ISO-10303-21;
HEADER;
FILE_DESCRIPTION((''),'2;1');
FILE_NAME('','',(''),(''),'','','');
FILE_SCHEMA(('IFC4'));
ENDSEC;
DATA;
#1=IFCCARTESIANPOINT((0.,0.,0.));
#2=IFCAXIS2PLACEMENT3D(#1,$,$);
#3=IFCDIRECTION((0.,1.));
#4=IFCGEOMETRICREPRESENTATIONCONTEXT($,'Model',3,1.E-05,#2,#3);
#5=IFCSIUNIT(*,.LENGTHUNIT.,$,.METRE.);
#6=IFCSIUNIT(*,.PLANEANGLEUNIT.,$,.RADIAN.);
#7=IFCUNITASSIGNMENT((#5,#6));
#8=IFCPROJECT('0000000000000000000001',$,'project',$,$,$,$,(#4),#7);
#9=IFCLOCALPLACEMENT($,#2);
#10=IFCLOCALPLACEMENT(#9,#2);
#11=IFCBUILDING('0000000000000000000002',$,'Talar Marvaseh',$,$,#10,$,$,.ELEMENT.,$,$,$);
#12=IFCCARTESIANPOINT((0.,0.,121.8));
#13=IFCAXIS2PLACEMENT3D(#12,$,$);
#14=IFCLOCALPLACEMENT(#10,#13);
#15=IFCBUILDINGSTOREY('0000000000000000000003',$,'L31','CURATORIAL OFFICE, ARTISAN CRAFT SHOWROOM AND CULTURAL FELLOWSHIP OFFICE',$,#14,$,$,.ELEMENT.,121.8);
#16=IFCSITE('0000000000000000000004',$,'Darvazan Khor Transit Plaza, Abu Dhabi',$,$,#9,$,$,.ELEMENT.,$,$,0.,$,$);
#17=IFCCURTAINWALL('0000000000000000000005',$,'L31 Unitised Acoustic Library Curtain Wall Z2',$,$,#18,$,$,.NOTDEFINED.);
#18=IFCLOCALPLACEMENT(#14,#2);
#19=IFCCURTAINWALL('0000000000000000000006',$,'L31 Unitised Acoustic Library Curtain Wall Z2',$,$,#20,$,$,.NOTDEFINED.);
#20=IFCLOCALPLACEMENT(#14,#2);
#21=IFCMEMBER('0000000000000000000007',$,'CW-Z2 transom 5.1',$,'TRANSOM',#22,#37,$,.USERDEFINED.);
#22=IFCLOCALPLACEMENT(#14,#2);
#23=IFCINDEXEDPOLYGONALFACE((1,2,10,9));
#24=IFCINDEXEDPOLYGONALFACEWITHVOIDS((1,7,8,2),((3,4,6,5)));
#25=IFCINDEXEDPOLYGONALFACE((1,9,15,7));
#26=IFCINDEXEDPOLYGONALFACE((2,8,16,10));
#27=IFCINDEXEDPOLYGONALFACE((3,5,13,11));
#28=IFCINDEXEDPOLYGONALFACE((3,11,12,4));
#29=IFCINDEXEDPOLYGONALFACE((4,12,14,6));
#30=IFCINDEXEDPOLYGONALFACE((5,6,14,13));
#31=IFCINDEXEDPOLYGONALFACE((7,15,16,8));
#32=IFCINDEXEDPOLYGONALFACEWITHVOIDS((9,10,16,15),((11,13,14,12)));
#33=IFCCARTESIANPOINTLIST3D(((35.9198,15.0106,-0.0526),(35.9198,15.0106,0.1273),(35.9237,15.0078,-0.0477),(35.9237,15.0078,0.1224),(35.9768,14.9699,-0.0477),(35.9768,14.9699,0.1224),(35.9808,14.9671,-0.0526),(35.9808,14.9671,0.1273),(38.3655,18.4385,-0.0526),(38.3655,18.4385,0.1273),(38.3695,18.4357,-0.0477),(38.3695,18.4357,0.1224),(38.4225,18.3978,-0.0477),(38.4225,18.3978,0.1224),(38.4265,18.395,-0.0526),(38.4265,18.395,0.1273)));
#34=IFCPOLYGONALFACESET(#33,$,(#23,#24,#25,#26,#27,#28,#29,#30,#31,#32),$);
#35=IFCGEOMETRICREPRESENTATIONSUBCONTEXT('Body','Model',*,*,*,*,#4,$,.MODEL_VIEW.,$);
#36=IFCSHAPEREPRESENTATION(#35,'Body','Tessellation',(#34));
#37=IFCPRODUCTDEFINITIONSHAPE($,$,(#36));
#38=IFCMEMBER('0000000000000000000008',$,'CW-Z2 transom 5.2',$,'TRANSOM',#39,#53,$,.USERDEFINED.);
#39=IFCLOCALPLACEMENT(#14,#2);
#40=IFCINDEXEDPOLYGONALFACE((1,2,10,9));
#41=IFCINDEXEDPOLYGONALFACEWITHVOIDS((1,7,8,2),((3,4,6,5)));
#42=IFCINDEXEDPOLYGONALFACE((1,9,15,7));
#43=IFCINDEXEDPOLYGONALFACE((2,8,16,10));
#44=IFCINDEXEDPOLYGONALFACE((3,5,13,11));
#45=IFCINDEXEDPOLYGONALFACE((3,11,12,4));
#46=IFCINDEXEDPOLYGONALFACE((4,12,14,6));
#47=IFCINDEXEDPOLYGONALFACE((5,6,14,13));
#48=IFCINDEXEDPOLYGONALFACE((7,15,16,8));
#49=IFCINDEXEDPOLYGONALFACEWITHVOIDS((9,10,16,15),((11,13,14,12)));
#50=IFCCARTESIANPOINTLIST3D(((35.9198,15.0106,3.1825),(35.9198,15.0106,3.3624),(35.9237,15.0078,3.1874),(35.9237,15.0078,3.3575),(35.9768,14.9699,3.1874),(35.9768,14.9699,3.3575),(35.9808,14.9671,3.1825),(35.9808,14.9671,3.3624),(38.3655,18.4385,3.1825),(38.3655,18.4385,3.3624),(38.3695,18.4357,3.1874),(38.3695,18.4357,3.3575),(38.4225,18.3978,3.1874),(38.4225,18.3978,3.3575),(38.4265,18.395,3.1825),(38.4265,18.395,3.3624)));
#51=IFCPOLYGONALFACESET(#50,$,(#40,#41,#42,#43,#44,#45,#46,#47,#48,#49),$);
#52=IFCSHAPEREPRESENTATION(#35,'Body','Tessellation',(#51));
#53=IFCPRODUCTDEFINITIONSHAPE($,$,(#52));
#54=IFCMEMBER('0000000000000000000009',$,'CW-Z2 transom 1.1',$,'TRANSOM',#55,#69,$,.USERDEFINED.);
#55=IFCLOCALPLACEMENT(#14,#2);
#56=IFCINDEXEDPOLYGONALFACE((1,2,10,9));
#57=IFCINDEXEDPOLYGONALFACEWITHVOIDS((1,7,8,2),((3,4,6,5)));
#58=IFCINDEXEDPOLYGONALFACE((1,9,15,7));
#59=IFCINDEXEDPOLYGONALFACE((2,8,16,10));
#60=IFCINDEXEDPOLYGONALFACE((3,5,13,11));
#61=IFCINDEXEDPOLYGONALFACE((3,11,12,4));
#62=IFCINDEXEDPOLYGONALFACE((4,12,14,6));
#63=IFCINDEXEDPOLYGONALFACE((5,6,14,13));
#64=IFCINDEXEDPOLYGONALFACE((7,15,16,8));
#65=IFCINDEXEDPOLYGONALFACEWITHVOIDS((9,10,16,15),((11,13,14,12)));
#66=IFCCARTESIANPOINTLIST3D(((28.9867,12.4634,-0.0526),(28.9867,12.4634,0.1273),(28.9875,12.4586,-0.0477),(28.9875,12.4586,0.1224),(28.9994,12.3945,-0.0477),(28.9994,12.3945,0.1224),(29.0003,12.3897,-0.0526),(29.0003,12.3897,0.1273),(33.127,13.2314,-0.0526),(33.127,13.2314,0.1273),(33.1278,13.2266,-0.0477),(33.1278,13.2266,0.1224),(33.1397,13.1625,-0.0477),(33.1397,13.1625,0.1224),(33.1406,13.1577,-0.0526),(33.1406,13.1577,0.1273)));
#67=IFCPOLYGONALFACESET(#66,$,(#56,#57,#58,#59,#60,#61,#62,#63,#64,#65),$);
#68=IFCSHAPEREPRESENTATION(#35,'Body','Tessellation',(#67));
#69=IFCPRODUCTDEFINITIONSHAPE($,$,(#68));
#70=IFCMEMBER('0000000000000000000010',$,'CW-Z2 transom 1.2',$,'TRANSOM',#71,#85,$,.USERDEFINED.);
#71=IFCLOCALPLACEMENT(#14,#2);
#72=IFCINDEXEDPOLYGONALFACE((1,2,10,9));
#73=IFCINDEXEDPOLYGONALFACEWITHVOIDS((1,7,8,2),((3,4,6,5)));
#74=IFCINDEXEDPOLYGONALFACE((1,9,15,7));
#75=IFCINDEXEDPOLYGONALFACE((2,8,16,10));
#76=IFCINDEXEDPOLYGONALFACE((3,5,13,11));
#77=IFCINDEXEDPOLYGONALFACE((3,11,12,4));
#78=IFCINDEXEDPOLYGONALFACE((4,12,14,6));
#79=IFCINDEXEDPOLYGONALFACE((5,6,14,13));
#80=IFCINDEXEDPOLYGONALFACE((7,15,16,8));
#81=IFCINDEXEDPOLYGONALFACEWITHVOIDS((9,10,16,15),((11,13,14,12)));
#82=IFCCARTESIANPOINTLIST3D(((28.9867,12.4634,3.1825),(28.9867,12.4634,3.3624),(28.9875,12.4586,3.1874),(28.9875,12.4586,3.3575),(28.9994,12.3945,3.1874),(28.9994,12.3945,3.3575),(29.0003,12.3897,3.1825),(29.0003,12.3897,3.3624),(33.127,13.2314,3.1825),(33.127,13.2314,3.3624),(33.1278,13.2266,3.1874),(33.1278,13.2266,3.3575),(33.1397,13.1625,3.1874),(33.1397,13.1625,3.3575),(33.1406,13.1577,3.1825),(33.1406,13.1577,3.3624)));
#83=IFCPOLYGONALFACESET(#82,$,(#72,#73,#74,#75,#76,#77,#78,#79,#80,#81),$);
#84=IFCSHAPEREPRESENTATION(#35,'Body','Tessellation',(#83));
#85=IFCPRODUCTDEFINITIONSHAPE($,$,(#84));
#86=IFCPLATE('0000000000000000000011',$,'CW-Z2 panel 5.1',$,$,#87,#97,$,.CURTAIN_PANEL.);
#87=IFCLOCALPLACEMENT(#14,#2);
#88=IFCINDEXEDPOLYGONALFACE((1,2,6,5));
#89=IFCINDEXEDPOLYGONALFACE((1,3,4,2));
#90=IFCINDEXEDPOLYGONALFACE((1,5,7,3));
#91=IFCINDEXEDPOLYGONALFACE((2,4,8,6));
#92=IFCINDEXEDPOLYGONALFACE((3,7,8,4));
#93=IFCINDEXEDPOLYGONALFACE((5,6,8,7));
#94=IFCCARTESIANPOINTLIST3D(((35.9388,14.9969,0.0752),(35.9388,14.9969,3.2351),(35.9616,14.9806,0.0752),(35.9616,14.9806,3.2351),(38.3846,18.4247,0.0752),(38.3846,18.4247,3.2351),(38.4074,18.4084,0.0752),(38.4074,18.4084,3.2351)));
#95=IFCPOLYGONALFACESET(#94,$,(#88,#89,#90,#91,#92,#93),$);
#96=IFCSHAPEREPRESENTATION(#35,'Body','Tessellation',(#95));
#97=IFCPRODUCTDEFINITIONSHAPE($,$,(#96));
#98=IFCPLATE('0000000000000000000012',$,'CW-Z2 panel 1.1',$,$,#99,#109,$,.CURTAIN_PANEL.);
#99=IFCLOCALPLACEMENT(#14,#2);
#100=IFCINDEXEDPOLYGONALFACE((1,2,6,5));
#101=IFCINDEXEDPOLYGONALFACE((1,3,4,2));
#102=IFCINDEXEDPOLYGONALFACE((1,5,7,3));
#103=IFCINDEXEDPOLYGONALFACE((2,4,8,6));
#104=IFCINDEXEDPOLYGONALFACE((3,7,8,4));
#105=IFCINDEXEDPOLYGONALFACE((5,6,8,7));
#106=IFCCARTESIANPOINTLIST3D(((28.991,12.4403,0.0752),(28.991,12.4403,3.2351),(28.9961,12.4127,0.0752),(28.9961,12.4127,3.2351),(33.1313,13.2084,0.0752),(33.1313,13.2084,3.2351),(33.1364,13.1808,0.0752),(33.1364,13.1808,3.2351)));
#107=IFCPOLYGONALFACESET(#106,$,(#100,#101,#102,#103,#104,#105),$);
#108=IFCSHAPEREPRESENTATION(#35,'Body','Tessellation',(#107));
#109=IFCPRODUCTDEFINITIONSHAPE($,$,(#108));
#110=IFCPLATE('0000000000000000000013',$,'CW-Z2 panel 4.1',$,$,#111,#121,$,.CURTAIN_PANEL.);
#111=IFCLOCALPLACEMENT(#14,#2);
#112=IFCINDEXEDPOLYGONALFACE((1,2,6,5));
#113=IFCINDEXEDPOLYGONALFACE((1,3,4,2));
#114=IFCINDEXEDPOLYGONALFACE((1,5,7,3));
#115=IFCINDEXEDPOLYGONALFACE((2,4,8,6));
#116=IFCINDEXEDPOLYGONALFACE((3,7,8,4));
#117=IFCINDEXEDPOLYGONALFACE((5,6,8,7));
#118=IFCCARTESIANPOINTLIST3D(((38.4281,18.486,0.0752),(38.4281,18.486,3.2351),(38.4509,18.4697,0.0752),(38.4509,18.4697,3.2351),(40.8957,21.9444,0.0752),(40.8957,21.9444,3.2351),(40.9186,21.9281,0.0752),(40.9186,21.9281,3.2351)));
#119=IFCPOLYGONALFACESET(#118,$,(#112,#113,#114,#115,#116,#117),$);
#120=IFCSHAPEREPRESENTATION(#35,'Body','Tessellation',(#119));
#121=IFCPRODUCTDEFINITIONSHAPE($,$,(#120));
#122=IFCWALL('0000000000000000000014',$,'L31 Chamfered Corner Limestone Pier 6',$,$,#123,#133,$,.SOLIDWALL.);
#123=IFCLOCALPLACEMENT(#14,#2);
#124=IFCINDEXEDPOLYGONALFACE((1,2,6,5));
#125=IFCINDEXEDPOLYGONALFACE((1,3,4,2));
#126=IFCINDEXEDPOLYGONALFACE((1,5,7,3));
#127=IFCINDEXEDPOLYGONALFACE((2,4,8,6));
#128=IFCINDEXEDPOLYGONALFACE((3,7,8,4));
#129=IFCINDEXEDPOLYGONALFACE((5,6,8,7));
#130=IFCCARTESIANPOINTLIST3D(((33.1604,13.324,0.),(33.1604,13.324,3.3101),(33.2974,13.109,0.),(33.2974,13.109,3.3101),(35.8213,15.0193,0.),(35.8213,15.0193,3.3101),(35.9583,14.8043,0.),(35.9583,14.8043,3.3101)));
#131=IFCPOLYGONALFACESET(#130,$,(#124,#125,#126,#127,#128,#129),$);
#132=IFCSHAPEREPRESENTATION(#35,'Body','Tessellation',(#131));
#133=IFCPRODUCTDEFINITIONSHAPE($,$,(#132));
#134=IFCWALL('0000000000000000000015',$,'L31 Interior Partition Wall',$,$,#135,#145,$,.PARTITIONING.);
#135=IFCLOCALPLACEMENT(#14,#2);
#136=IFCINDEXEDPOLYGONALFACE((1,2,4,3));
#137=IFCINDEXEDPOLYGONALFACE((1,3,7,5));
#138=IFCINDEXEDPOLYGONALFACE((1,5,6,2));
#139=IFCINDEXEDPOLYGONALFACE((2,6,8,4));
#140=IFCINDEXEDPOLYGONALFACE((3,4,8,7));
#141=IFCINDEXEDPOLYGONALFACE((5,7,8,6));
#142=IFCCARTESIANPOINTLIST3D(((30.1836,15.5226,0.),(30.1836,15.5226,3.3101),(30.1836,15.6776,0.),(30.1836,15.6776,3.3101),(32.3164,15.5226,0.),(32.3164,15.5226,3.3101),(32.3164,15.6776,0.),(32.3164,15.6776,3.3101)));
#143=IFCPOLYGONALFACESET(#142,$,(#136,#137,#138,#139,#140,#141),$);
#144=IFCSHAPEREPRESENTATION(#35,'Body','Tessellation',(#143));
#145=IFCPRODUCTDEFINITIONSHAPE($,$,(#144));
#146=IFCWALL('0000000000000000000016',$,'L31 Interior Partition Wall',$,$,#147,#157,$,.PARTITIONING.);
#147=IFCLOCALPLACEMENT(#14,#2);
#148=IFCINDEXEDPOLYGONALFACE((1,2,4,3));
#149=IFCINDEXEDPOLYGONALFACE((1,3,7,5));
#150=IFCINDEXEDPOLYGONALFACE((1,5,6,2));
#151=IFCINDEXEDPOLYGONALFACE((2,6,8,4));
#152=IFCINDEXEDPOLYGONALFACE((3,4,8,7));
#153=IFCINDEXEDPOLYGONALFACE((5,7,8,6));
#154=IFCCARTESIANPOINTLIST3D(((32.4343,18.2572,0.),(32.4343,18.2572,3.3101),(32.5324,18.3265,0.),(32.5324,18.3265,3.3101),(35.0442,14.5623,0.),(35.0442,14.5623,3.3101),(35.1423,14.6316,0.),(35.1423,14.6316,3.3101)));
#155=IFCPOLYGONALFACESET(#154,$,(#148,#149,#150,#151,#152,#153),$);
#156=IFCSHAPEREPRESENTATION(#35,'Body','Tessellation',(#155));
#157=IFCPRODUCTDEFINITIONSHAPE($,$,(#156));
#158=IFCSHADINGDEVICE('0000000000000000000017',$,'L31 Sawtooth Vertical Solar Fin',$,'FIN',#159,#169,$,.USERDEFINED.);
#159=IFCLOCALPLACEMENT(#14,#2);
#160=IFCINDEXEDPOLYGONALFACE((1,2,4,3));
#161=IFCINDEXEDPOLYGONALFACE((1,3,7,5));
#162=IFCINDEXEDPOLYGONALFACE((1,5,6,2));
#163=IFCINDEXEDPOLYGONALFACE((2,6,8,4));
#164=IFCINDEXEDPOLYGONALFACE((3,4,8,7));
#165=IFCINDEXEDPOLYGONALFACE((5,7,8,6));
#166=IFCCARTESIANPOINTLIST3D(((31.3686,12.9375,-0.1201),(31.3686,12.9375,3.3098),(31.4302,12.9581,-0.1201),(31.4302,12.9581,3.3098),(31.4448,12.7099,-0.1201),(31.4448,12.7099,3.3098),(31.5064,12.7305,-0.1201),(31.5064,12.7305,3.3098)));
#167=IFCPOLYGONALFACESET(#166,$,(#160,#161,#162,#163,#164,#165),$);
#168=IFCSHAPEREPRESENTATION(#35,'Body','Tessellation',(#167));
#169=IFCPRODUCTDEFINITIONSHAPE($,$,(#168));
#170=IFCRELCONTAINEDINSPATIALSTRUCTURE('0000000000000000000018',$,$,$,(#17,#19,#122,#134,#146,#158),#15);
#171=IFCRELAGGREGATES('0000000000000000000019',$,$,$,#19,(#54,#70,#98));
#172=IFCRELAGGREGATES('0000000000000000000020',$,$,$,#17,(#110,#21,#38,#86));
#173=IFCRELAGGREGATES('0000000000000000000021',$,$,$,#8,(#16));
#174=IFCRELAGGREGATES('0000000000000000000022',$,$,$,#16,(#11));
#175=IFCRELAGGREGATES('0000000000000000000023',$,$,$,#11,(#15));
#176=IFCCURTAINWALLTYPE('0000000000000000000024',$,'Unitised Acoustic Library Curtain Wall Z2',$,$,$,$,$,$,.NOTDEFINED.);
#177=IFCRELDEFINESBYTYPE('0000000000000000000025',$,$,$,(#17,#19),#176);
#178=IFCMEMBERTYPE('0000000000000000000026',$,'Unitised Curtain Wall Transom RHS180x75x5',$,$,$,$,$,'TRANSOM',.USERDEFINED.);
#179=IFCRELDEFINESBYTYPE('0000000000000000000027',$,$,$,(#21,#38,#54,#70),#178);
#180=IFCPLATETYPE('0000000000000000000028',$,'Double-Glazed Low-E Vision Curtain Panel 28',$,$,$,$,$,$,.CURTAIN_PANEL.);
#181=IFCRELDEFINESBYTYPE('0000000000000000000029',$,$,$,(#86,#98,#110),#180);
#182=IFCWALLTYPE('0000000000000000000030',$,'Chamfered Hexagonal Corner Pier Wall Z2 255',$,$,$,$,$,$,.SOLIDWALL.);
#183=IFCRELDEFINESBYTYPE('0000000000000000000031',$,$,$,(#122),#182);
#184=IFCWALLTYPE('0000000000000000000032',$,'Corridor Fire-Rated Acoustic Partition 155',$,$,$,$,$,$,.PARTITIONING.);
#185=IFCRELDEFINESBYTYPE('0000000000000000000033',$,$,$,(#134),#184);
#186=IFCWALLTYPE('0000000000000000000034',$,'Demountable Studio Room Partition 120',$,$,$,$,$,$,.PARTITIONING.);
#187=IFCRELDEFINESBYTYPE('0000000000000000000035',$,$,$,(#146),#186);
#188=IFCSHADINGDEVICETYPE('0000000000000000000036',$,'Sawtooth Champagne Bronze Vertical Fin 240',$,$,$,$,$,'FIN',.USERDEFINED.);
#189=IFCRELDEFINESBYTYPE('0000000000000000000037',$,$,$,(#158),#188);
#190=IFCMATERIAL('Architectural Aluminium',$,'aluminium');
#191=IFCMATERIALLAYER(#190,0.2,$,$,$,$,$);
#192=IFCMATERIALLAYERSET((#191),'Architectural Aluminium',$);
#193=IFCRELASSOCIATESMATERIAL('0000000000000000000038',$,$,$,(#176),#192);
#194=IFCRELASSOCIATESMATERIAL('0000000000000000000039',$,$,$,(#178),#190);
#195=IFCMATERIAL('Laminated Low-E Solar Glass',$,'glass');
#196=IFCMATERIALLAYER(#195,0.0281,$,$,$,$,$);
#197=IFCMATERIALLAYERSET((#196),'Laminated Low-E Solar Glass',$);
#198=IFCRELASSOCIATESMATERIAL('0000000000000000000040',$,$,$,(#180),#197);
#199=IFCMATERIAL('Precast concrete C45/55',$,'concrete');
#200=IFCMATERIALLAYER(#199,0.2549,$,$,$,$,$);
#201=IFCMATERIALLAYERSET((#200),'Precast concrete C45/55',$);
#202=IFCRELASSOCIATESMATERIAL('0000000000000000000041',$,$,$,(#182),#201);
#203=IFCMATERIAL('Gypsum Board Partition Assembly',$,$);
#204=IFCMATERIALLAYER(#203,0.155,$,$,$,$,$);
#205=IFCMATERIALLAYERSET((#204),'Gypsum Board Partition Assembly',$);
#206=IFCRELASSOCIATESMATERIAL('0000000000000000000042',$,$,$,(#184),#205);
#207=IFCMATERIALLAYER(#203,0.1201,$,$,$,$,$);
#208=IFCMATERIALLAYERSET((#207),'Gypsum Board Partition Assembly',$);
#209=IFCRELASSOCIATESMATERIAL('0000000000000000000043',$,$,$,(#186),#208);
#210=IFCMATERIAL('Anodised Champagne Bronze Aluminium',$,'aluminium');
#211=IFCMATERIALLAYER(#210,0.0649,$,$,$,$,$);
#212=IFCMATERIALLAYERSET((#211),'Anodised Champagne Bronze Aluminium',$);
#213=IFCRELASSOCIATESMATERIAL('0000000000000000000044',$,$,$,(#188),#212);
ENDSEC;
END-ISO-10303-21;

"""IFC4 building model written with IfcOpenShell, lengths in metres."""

from ifc_helpers import new_model, si_unit, direction, frame, frame_2d, origin, origin_2d, place, context, subcontext, project, spatial, rectangle, hollow_rectangle, extrude, source, transform, mapped, material, layer, layer_set, material_profile, profile_set, type_object, type_shapes, element, aggregate, save


model = new_model("IFC4")

# Units and contexts
model_context = context("Model", 3, precision=1e-05, world=origin(), true_north=direction((0.0, 1.0)))
body_context = subcontext(model_context, "Body", "Model", "MODEL_VIEW")
ifc_project = project(units=[si_unit("LENGTHUNIT", "METRE"), si_unit("PLANEANGLEUNIT", "RADIAN")], contexts=[model_context])

# Site, building, storey
site_placement = place(None, origin())
site = spatial("IfcSite", under=ifc_project, at=site_placement, Name="Darvazan Khor Transit Plaza, Abu Dhabi", CompositionType="ELEMENT", RefElevation=0.0)
building_placement = place(site_placement, origin())
building = spatial("IfcBuilding", under=site, at=building_placement, Name="Talar Marvaseh", CompositionType="ELEMENT")
storey_placement = place(building_placement, frame((0.0, 0.0, 121.8)))
storey = spatial("IfcBuildingStorey", under=building, at=storey_placement, Name="L31", Description="CURATORIAL OFFICE, ARTISAN CRAFT SHOWROOM AND CULTURAL FELLOWSHIP OFFICE", CompositionType="ELEMENT", Elevation=121.8)

# Curtain wall
ifc_material_1 = material(Name="Architectural Aluminium", Category="aluminium")
ifc_layer_1 = layer(ifc_material_1, 0.2)
ifc_layer_set_1 = layer_set([ifc_layer_1], Name="Architectural Aluminium")
curtain_wall_type = type_object("IfcCurtainWallType", Name="Unitised Acoustic Library Curtain Wall Z2", PredefinedType="NOTDEFINED", material=ifc_layer_set_1)
curtain_wall_1_placement = place(storey_placement, origin())
curtain_wall_1 = element("IfcCurtainWall", 1, at=curtain_wall_1_placement, inside=storey, type_object=curtain_wall_type, Name="L31 Unitised Acoustic Library Curtain Wall Z2", PredefinedType="NOTDEFINED")

# Curtain wall
curtain_wall_2_placement = place(storey_placement, origin())
curtain_wall_2 = element("IfcCurtainWall", 2, at=curtain_wall_2_placement, inside=storey, type_object=curtain_wall_type, Name="L31 Unitised Acoustic Library Curtain Wall Z2", PredefinedType="NOTDEFINED")

# Members
ifc_material_profile_1 = material_profile(ifc_material_1, hollow_rectangle(XDim=0.075, YDim=0.1799, WallThickness=0.0049, at=origin_2d()), Name="RHS180x75x5")
ifc_profile_set_1 = profile_set([ifc_material_profile_1], Name="Architectural Aluminium")
member_type_1 = type_object("IfcMemberType", Name="Unitised Curtain Wall Transom RHS180x75x5", ElementType="TRANSOM", PredefinedType="USERDEFINED", material=ifc_profile_set_1)
shared_shape_1 = source(origin(), body_context, "Body", "SweptSolid", [
    extrude(hollow_rectangle(XDim=0.075, YDim=0.1799, WallThickness=0.0049, at=origin_2d()), origin(), (0.0, 0.0, 1.0), 4.2109),
])
type_shapes(member_type_1, [shared_shape_1])
member_1_placement = place(storey_placement, frame((38.396, 18.4167, 0.0374), z_axis=(-0.580805, -0.814043, 0.0), x_axis=(0.814043, -0.580805, 0.0)))
member_1 = element("IfcMember", 3, at=member_1_placement, type_object=member_type_1, Name="CW-Z2 transom 5.1", ObjectType="TRANSOM", PredefinedType="USERDEFINED", context=body_context, shape_type="MappedRepresentation", body=[
    mapped(shared_shape_1, transform((0.0, 0.0, 0.0), x_axis=(1.0, 0.0, 0.0), y_axis=(0.0, 1.0, 0.0), z_axis=(0.0, 0.0, 1.0), scale=1.0)),
])
member_2_placement = place(storey_placement, frame((38.396, 18.4167, 3.2725), z_axis=(-0.580805, -0.814043, 0.0), x_axis=(0.814043, -0.580805, 0.0)))
member_2 = element("IfcMember", 4, at=member_2_placement, type_object=member_type_1, Name="CW-Z2 transom 5.2", ObjectType="TRANSOM", PredefinedType="USERDEFINED", context=body_context, shape_type="MappedRepresentation", body=[
    mapped(shared_shape_1, transform((0.0, 0.0, 0.0), x_axis=(1.0, 0.0, 0.0), y_axis=(0.0, 1.0, 0.0), z_axis=(0.0, 0.0, 1.0), scale=1.0)),
])
member_3_placement = place(storey_placement, frame((33.1338, 13.1946, 0.0374), z_axis=(-0.983225, -0.182394, 0.0), x_axis=(0.182394, -0.983225, 0.0)))
member_3 = element("IfcMember", 5, at=member_3_placement, type_object=member_type_1, Name="CW-Z2 transom 1.1", ObjectType="TRANSOM", PredefinedType="USERDEFINED", context=body_context, shape_type="MappedRepresentation", body=[
    mapped(shared_shape_1, transform((0.0, 0.0, 0.0), x_axis=(1.0, 0.0, 0.0), y_axis=(0.0, 1.0, 0.0), z_axis=(0.0, 0.0, 1.0), scale=1.0)),
])
member_4_placement = place(storey_placement, frame((33.1338, 13.1946, 3.2725), z_axis=(-0.983225, -0.182394, 0.0), x_axis=(0.182394, -0.983225, 0.0)))
member_4 = element("IfcMember", 6, at=member_4_placement, type_object=member_type_1, Name="CW-Z2 transom 1.2", ObjectType="TRANSOM", PredefinedType="USERDEFINED", context=body_context, shape_type="MappedRepresentation", body=[
    mapped(shared_shape_1, transform((0.0, 0.0, 0.0), x_axis=(1.0, 0.0, 0.0), y_axis=(0.0, 1.0, 0.0), z_axis=(0.0, 0.0, 1.0), scale=1.0)),
])

# Plates
ifc_material_2 = material(Name="Laminated Low-E Solar Glass", Category="glass")
ifc_layer_2 = layer(ifc_material_2, 0.0281)
ifc_layer_set_2 = layer_set([ifc_layer_2], Name="Laminated Low-E Solar Glass")
plate_type = type_object("IfcPlateType", Name="Double-Glazed Low-E Vision Curtain Panel 28", PredefinedType="CURTAIN_PANEL", material=ifc_layer_set_2)
shared_shape_2 = source(origin(), body_context, "Body", "SweptSolid", [
    extrude(rectangle(XDim=4.2109, YDim=0.0281, at=origin_2d()), origin(), (0.0, 0.0, 1.0), 3.1599),
])
plate_1_placement = place(storey_placement, frame((37.1731, 16.7026, 0.0752), z_axis=(0.0, 0.0, 1.0), x_axis=(-0.580829, -0.814026, 0.0)))
plate_1 = element("IfcPlate", 7, at=plate_1_placement, type_object=plate_type, Name="CW-Z2 panel 5.1", PredefinedType="CURTAIN_PANEL", context=body_context, shape_type="MappedRepresentation", body=[
    mapped(shared_shape_2, transform((0.0, 0.0, 0.0), x_axis=(1.0, 0.0, 0.0), y_axis=(0.0, 1.0, 0.0), z_axis=(0.0, 0.0, 1.0), scale=1.0)),
])
plate_2_placement = place(storey_placement, frame((31.0637, 12.8105, 0.0752), z_axis=(0.0, 0.0, 1.0), x_axis=(-0.983227, -0.182388, 0.0)))
plate_2 = element("IfcPlate", 8, at=plate_2_placement, type_object=plate_type, Name="CW-Z2 panel 1.1", PredefinedType="CURTAIN_PANEL", context=body_context, shape_type="MappedRepresentation", body=[
    mapped(shared_shape_2, transform((0.0, 0.0, 0.0), x_axis=(1.0, 0.0, 0.0), y_axis=(0.0, 1.0, 0.0), z_axis=(0.0, 0.0, 1.0), scale=1.0)),
])
aggregate(curtain_wall_2, [member_3, member_4, plate_2])
shared_shape_3 = source(origin(), body_context, "Body", "SweptSolid", [
    extrude(rectangle(XDim=4.2485, YDim=0.0281, at=origin_2d()), origin(), (0.0, 0.0, 1.0), 3.1599),
])
type_shapes(plate_type, [shared_shape_2, shared_shape_3])
plate_3_placement = place(storey_placement, frame((39.6733, 20.207, 0.0752), z_axis=(0.0, 0.0, 1.0), x_axis=(-0.580829, -0.814026, 0.0)))
plate_3 = element("IfcPlate", 9, at=plate_3_placement, type_object=plate_type, Name="CW-Z2 panel 4.1", PredefinedType="CURTAIN_PANEL", context=body_context, shape_type="MappedRepresentation", body=[
    mapped(shared_shape_3, transform((0.0, 0.0, 0.0), x_axis=(1.0, 0.0, 0.0), y_axis=(0.0, 1.0, 0.0), z_axis=(0.0, 0.0, 1.0), scale=1.0)),
])
aggregate(curtain_wall_1, [plate_3, member_1, member_2, plate_1])

# Walls
ifc_material_3 = material(Name="Precast concrete C45/55", Category="concrete")
ifc_layer_3 = layer(ifc_material_3, 0.2549)
ifc_layer_set_3 = layer_set([ifc_layer_3], Name="Precast concrete C45/55")
wall_type_1 = type_object("IfcWallType", Name="Chamfered Hexagonal Corner Pier Wall Z2 255", PredefinedType="SOLIDWALL", material=ifc_layer_set_3)
wall_1_placement = place(storey_placement, frame((35.8899, 14.9119, 0.0), z_axis=(0.0, 0.0, 1.0), x_axis=(-0.843371, -0.537331, 0.0)))
element("IfcWall", 10, at=wall_1_placement, inside=storey, type_object=wall_type_1, Name="L31 Chamfered Corner Limestone Pier 6", PredefinedType="SOLIDWALL", context=body_context, shape_type="SweptSolid", body=[
    extrude(rectangle(XDim=3.155, YDim=0.2549, at=frame_2d((1.5776, 0.0))), origin(), (0.0, 0.0, 1.0), 3.3101),
])
ifc_material_4 = material(Name="Gypsum Board Partition Assembly")
ifc_layer_4 = layer(ifc_material_4, 0.155)
ifc_layer_set_4 = layer_set([ifc_layer_4], Name="Gypsum Board Partition Assembly")
wall_type_2 = type_object("IfcWallType", Name="Corridor Fire-Rated Acoustic Partition 155", PredefinedType="PARTITIONING", material=ifc_layer_set_4)
wall_2_placement = place(storey_placement, frame((32.3164, 15.6001, 0.0), z_axis=(0.0, 0.0, 1.0), x_axis=(-1.0, 0.0, 0.0)))
element("IfcWall", 11, at=wall_2_placement, inside=storey, type_object=wall_type_2, Name="L31 Interior Partition Wall", PredefinedType="PARTITIONING", context=body_context, shape_type="SweptSolid", body=[
    extrude(rectangle(XDim=2.1328, YDim=0.155, at=frame_2d((1.0664, 0.0))), origin(), (0.0, 0.0, 1.0), 3.3101),
])
ifc_layer_5 = layer(ifc_material_4, 0.1201)
ifc_layer_set_5 = layer_set([ifc_layer_5], Name="Gypsum Board Partition Assembly")
wall_type_3 = type_object("IfcWallType", Name="Demountable Studio Room Partition 120", PredefinedType="PARTITIONING", material=ifc_layer_set_5)
wall_3_placement = place(storey_placement, frame((32.4834, 18.2917, 0.0), z_axis=(0.0, 0.0, 1.0), x_axis=(0.576942, -0.816785, 0.0)))
element("IfcWall", 12, at=wall_3_placement, inside=storey, type_object=wall_type_3, Name="L31 Interior Partition Wall", PredefinedType="PARTITIONING", context=body_context, shape_type="SweptSolid", body=[
    extrude(rectangle(XDim=4.5237, YDim=0.1201, at=frame_2d((2.2617, 0.0))), origin(), (0.0, 0.0, 1.0), 3.3101),
])

# Shading device
ifc_material_5 = material(Name="Anodised Champagne Bronze Aluminium", Category="aluminium")
ifc_layer_6 = layer(ifc_material_5, 0.0649)
ifc_layer_set_6 = layer_set([ifc_layer_6], Name="Anodised Champagne Bronze Aluminium")
shading_device_type = type_object("IfcShadingDeviceType", Name="Sawtooth Champagne Bronze Vertical Fin 240", ElementType="FIN", PredefinedType="USERDEFINED", material=ifc_layer_set_6)
shared_shape_4 = source(origin(), body_context, "Body", "SweptSolid", [
    extrude(rectangle(XDim=0.24, YDim=0.0649, at=origin_2d()), origin(), (0.0, 0.0, 1.0), 3.4299),
])
type_shapes(shading_device_type, [shared_shape_4])
shading_device_placement = place(storey_placement, frame((31.4375, 12.834, -0.1201), z_axis=(0.0, 0.0, 1.0), x_axis=(0.31747, -0.948268, 0.0)))
element("IfcShadingDevice", 13, at=shading_device_placement, inside=storey, type_object=shading_device_type, Name="L31 Sawtooth Vertical Solar Fin", ObjectType="FIN", PredefinedType="USERDEFINED", context=body_context, shape_type="MappedRepresentation", body=[
    mapped(shared_shape_4, transform((0.0, 0.0, 0.0), x_axis=(1.0, 0.0, 0.0), y_axis=(0.0, 1.0, 0.0), z_axis=(0.0, 0.0, 1.0), scale=1.0)),
])

save(model, "model.ifc")
